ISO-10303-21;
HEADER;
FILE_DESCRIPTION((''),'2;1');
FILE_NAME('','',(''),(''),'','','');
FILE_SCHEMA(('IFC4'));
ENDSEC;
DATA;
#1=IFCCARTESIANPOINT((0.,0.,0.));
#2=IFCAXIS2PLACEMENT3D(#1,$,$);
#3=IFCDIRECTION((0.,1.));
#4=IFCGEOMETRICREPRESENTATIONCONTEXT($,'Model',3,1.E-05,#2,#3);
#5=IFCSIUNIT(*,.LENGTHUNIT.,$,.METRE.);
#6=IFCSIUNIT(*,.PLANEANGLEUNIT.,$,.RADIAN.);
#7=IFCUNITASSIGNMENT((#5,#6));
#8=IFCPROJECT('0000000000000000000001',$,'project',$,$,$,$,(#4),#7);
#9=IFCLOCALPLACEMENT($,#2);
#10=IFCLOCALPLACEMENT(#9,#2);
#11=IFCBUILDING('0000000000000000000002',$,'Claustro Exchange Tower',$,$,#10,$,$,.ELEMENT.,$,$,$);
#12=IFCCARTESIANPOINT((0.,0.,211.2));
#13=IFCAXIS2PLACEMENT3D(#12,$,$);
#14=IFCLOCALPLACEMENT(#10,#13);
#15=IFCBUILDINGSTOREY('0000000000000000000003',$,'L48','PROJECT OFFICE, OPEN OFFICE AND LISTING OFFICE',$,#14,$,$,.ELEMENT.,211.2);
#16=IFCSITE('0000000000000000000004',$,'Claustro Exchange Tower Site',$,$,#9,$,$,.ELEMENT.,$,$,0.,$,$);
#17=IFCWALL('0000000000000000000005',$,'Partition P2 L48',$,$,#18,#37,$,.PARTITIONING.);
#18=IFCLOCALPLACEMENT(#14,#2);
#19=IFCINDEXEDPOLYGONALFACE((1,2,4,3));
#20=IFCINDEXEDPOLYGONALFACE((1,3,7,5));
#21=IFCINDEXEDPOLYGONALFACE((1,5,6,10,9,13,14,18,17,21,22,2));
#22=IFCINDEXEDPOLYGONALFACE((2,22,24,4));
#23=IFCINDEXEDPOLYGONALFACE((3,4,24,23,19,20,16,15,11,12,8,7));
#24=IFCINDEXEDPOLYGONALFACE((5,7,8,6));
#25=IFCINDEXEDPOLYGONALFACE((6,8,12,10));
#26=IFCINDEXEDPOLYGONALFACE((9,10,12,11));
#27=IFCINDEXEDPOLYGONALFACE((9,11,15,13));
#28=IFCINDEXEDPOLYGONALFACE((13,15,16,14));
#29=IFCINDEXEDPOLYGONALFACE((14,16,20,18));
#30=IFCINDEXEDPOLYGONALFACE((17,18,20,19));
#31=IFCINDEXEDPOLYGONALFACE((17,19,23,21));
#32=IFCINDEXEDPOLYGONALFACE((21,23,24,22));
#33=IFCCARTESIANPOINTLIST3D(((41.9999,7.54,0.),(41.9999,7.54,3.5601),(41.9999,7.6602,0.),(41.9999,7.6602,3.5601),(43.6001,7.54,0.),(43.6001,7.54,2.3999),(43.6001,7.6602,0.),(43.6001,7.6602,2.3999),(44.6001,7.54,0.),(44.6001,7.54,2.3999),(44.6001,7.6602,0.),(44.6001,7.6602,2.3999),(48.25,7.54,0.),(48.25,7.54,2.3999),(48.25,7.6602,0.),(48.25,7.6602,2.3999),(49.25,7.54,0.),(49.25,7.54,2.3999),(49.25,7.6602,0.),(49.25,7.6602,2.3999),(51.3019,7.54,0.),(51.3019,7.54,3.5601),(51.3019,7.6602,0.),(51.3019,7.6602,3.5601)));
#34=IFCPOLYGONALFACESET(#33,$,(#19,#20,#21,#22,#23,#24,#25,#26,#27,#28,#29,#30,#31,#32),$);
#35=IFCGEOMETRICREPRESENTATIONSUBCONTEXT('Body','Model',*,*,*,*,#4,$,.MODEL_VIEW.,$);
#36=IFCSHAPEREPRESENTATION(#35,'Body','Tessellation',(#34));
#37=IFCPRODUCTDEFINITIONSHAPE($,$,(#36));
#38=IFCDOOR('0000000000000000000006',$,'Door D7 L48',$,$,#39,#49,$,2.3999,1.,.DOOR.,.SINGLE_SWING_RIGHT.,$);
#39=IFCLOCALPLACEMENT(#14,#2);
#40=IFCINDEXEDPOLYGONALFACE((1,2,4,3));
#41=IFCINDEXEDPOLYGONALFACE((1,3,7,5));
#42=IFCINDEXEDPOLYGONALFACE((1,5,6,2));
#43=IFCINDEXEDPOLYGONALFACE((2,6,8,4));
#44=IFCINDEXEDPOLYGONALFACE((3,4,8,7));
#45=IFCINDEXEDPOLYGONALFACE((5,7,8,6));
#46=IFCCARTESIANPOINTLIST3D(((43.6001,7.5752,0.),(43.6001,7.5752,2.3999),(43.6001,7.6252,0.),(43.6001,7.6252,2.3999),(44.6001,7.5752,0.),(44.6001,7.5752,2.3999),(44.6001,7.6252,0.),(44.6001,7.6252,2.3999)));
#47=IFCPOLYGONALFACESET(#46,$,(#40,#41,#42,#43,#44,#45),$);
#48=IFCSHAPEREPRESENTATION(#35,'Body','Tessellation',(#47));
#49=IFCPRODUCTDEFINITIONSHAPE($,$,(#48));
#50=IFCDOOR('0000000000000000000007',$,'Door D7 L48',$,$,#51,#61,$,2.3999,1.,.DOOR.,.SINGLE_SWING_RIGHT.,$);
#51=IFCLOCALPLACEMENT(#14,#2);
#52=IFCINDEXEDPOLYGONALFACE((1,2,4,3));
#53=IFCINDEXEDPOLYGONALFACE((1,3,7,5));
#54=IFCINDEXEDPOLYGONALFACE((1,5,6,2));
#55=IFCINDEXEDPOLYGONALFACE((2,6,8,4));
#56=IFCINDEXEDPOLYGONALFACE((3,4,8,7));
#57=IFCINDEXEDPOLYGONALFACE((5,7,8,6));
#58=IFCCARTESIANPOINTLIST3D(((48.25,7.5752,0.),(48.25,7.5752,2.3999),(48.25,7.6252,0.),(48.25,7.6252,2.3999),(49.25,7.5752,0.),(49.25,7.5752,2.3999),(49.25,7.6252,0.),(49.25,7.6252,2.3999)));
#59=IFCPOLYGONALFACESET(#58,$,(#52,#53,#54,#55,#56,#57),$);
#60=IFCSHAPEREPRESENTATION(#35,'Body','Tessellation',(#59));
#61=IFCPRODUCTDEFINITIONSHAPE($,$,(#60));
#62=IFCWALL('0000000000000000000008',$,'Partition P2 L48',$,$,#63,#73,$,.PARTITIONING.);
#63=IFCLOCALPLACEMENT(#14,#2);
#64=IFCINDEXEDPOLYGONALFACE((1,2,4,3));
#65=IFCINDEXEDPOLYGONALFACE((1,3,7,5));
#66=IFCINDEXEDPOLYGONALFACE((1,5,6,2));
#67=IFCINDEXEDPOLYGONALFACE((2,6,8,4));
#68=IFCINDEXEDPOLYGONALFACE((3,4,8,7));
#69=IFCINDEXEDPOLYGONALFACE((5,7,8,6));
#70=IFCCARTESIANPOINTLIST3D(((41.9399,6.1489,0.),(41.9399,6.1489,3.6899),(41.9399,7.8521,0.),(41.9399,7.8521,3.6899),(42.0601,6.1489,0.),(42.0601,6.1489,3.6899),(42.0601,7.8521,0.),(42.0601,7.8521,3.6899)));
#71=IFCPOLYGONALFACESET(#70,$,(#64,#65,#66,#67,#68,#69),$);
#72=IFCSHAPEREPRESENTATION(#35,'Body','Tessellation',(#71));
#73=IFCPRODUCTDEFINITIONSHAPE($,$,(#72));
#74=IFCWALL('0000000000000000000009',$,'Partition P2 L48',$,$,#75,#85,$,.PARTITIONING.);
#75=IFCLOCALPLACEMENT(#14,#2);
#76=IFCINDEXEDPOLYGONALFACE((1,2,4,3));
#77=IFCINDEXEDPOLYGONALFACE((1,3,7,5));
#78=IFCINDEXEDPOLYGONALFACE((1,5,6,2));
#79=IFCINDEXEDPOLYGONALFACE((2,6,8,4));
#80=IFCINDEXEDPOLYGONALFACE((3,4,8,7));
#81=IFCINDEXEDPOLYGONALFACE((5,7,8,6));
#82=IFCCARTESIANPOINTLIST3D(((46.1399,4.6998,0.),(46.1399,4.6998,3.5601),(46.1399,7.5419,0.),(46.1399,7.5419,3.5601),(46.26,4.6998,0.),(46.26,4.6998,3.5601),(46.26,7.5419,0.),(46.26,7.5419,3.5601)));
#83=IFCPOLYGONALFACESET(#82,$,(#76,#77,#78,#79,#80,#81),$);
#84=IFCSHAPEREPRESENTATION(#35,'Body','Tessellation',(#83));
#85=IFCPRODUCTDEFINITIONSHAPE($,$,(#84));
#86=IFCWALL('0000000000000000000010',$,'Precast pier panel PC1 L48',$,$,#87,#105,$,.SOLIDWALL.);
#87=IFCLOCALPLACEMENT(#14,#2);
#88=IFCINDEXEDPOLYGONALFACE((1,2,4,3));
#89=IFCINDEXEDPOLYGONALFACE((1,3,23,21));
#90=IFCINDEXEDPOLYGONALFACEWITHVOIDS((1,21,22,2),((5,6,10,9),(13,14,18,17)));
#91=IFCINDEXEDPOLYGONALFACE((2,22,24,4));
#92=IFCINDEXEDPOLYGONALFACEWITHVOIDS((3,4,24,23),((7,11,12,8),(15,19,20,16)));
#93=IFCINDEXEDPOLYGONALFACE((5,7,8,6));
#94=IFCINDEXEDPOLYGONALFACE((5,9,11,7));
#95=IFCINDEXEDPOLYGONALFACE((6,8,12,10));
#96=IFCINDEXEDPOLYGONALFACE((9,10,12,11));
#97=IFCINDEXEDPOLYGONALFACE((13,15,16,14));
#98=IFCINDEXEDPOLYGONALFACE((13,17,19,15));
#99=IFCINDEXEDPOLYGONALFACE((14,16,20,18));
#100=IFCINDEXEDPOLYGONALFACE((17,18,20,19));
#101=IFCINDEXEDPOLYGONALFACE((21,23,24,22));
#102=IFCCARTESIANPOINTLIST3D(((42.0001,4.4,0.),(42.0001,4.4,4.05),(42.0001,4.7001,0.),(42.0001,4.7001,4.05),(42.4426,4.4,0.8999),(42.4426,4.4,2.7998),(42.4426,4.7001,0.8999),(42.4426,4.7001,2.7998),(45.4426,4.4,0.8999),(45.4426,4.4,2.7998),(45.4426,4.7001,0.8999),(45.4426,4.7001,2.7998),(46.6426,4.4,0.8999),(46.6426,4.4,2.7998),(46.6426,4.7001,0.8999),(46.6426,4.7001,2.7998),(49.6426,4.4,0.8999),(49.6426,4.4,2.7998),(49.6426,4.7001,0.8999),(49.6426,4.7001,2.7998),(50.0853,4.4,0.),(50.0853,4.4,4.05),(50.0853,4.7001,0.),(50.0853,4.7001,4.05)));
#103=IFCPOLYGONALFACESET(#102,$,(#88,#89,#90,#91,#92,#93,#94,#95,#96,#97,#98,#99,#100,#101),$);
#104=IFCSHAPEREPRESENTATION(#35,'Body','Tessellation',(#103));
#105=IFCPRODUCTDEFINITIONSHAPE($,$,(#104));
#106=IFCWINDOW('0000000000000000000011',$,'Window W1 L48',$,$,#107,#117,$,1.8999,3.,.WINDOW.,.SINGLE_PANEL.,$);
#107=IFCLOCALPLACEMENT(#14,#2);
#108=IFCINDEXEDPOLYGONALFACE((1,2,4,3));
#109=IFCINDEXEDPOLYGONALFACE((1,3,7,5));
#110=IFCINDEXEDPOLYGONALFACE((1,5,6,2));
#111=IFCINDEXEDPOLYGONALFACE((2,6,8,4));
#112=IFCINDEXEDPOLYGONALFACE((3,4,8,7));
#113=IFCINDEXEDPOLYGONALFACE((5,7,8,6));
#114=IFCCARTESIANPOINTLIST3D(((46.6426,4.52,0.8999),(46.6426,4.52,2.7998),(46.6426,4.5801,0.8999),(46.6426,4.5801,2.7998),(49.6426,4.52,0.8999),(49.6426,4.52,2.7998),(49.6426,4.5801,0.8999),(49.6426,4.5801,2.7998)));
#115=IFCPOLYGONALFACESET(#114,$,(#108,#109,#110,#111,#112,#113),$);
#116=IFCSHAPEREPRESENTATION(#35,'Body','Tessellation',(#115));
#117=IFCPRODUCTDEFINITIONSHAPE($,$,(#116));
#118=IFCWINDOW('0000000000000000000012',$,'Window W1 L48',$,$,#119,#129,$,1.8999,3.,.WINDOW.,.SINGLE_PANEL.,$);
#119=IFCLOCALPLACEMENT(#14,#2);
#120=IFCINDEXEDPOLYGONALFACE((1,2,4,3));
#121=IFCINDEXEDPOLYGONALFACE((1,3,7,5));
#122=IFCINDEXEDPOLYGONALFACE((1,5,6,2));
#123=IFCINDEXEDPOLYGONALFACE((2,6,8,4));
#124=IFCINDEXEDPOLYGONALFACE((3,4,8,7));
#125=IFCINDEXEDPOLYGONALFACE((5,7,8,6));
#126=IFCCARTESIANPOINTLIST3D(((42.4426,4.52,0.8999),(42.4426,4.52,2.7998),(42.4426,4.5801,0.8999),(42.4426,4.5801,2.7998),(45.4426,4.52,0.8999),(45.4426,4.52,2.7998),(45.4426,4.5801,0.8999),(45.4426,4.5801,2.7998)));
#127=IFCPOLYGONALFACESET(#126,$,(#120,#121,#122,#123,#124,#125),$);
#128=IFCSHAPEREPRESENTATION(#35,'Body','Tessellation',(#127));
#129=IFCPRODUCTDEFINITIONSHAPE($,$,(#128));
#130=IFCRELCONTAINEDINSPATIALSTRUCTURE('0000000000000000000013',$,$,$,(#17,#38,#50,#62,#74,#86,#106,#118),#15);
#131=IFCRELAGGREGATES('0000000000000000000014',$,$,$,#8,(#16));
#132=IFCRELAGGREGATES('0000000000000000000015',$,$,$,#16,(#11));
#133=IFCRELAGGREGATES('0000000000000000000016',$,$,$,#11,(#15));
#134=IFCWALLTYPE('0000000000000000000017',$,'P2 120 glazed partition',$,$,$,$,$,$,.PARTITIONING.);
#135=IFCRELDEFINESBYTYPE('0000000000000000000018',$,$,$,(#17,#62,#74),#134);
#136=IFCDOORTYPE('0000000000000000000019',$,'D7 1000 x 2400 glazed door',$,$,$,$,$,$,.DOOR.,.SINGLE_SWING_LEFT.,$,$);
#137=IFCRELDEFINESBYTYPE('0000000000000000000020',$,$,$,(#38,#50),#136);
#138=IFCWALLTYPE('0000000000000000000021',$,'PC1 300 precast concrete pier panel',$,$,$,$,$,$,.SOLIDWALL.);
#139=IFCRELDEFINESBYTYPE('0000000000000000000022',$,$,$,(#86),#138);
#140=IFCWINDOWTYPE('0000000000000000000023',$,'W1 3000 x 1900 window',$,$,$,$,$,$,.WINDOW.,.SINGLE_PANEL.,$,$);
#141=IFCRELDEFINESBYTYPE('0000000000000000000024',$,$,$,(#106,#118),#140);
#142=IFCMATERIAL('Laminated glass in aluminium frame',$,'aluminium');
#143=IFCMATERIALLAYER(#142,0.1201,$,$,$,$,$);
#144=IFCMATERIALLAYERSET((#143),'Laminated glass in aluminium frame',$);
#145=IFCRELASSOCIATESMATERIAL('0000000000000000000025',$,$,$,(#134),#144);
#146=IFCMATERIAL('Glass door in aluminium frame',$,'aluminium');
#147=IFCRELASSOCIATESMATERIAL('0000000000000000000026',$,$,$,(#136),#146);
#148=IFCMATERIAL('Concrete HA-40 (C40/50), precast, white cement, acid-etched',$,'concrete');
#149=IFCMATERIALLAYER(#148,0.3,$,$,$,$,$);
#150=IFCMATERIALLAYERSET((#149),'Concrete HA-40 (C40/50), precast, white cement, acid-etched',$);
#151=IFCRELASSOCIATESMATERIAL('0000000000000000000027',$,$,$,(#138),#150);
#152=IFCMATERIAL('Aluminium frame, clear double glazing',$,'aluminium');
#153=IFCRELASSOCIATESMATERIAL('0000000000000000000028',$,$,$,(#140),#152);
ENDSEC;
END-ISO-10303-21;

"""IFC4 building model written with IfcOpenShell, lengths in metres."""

from ifc_helpers import new_model, si_unit, direction, frame, frame_2d, origin, place, context, subcontext, project, spatial, rectangle, extrude, material, layer, layer_set, type_object, element, fill, save


model = new_model("IFC4")

# Units and contexts
model_context = context("Model", 3, precision=1e-05, world=origin(), true_north=direction((0.0, 1.0)))
body_context = subcontext(model_context, "Body", "Model", "MODEL_VIEW")
ifc_project = project(units=[si_unit("LENGTHUNIT", "METRE"), si_unit("PLANEANGLEUNIT", "RADIAN")], contexts=[model_context])

# Site, building, storey
site_placement = place(None, origin())
site = spatial("IfcSite", under=ifc_project, at=site_placement, Name="Claustro Exchange Tower Site", CompositionType="ELEMENT", RefElevation=0.0)
building_placement = place(site_placement, origin())
building = spatial("IfcBuilding", under=site, at=building_placement, Name="Claustro Exchange Tower", CompositionType="ELEMENT")
storey_placement = place(building_placement, frame((0.0, 0.0, 211.2)))
storey = spatial("IfcBuildingStorey", under=building, at=storey_placement, Name="L48", Description="PROJECT OFFICE, OPEN OFFICE AND LISTING OFFICE", CompositionType="ELEMENT", Elevation=211.2)

# Wall, openings, doors
ifc_material_1 = material(Name="Laminated glass in aluminium frame", Category="aluminium")
ifc_layer_1 = layer(ifc_material_1, 0.1201)
ifc_layer_set_1 = layer_set([ifc_layer_1], Name="Laminated glass in aluminium frame")
wall_type_1 = type_object("IfcWallType", Name="P2 120 glazed partition", PredefinedType="PARTITIONING", material=ifc_layer_set_1)
wall_1_placement = place(storey_placement, frame((42.0, 7.6001, 0.0), z_axis=(0.0, 0.0, 1.0), x_axis=(1.0, 0.0, 0.0)))
wall_1 = element("IfcWall", 1, at=wall_1_placement, inside=storey, type_object=wall_type_1, Name="Partition P2 L48", PredefinedType="PARTITIONING", context=body_context, shape_type="SweptSolid", body=[
    extrude(rectangle(XDim=9.302, YDim=0.1201, at=frame_2d((4.6509, 0.0))), origin(), (0.0, 0.0, 1.0), 3.5601),
])
opening_1_placement = place(wall_1_placement, frame((1.6001, 0.0, 0.0)))
opening_1 = element("IfcOpeningElement", 2, at=opening_1_placement, cuts=wall_1, PredefinedType="OPENING", context=body_context, shape_type="SweptSolid", body=[
    extrude(rectangle(XDim=1.0, YDim=2.3999, at=frame_2d((0.5, 1.2))), frame((0.0, 0.0701, 0.0), z_axis=(0.0, -1.0, 0.0), x_axis=(1.0, 0.0, 0.0)), (0.0, 0.0, 1.0), 0.1401),
])
opening_2_placement = place(wall_1_placement, frame((6.25, 0.0, 0.0)))
opening_2 = element("IfcOpeningElement", 3, at=opening_2_placement, cuts=wall_1, PredefinedType="OPENING", context=body_context, shape_type="SweptSolid", body=[
    extrude(rectangle(XDim=1.0, YDim=2.3999, at=frame_2d((0.5, 1.2))), frame((0.0, 0.0701, 0.0), z_axis=(0.0, -1.0, 0.0), x_axis=(1.0, 0.0, 0.0)), (0.0, 0.0, 1.0), 0.1401),
])
ifc_material_2 = material(Name="Glass door in aluminium frame", Category="aluminium")
door_type = type_object("IfcDoorType", Name="D7 1000 x 2400 glazed door", OperationType="SINGLE_SWING_LEFT", PredefinedType="DOOR", material=ifc_material_2)
door_1_placement = place(opening_1_placement, frame((1.0, 0.0, 0.0), z_axis=(0.0, 0.0, 1.0), x_axis=(-1.0, 0.0, 0.0)))
door_1 = element("IfcDoor", 4, at=door_1_placement, inside=storey, type_object=door_type, Name="Door D7 L48", OperationType="SINGLE_SWING_RIGHT", OverallHeight=2.3999, OverallWidth=1.0, PredefinedType="DOOR", context=body_context, shape_type="SweptSolid", body=[
    extrude(rectangle(XDim=1.0, YDim=2.3999, at=frame_2d((0.5, 1.2))), frame((0.0, 0.0249, 0.0), z_axis=(0.0, -1.0, 0.0), x_axis=(1.0, 0.0, 0.0)), (0.0, 0.0, 1.0), 0.05),
])
fill(opening_1, door_1)
door_2_placement = place(opening_2_placement, frame((1.0, 0.0, 0.0), z_axis=(0.0, 0.0, 1.0), x_axis=(-1.0, 0.0, 0.0)))
door_2 = element("IfcDoor", 5, at=door_2_placement, inside=storey, type_object=door_type, Name="Door D7 L48", OperationType="SINGLE_SWING_RIGHT", OverallHeight=2.3999, OverallWidth=1.0, PredefinedType="DOOR", context=body_context, shape_type="SweptSolid", body=[
    extrude(rectangle(XDim=1.0, YDim=2.3999, at=frame_2d((0.5, 1.2))), frame((0.0, 0.0249, 0.0), z_axis=(0.0, -1.0, 0.0), x_axis=(1.0, 0.0, 0.0)), (0.0, 0.0, 1.0), 0.05),
])
fill(opening_2, door_2)

# Walls
wall_2_placement = place(storey_placement, frame((42.0, 6.1489, 0.0), z_axis=(0.0, 0.0, 1.0), x_axis=(0.0, 1.0, 0.0)))
element("IfcWall", 6, at=wall_2_placement, inside=storey, type_object=wall_type_1, Name="Partition P2 L48", PredefinedType="PARTITIONING", context=body_context, shape_type="SweptSolid", body=[
    extrude(rectangle(XDim=1.7031, YDim=0.1201, at=frame_2d((0.8516, 0.0))), origin(), (0.0, 0.0, 1.0), 3.6899),
])
wall_3_placement = place(storey_placement, frame((46.2, 4.7, 0.0), z_axis=(0.0, 0.0, 1.0), x_axis=(0.0, 1.0, 0.0)))
element("IfcWall", 7, at=wall_3_placement, inside=storey, type_object=wall_type_1, Name="Partition P2 L48", PredefinedType="PARTITIONING", context=body_context, shape_type="SweptSolid", body=[
    extrude(rectangle(XDim=2.842, YDim=0.1201, at=frame_2d((1.4209, 0.0))), origin(), (0.0, 0.0, 1.0), 3.5601),
])

# Wall, openings, windows
ifc_material_3 = material(Name="Concrete HA-40 (C40/50), precast, white cement, acid-etched", Category="concrete")
ifc_layer_2 = layer(ifc_material_3, 0.3)
ifc_layer_set_2 = layer_set([ifc_layer_2], Name="Concrete HA-40 (C40/50), precast, white cement, acid-etched")
wall_type_2 = type_object("IfcWallType", Name="PC1 300 precast concrete pier panel", PredefinedType="SOLIDWALL", material=ifc_layer_set_2)
wall_4_placement = place(storey_placement, frame((50.0852, 4.55, 0.0), z_axis=(0.0, 0.0, 1.0), x_axis=(-1.0, 0.0, 0.0)))
wall_4 = element("IfcWall", 8, at=wall_4_placement, inside=storey, type_object=wall_type_2, Name="Precast pier panel PC1 L48", PredefinedType="SOLIDWALL", context=body_context, shape_type="SweptSolid", body=[
    extrude(rectangle(XDim=8.0852, YDim=0.3, at=frame_2d((4.0425, 0.0))), origin(), (0.0, 0.0, 1.0), 4.05),
])
opening_3_placement = place(wall_4_placement, frame((0.4426, 0.0, 0.8999)))
opening_3 = element("IfcOpeningElement", 9, at=opening_3_placement, cuts=wall_4, PredefinedType="OPENING", context=body_context, shape_type="SweptSolid", body=[
    extrude(rectangle(XDim=3.0, YDim=1.8999, at=frame_2d((1.5, 0.95))), frame((0.0, 0.1599, 0.0), z_axis=(0.0, -1.0, 0.0), x_axis=(1.0, 0.0, 0.0)), (0.0, 0.0, 1.0), 0.3201),
])
opening_4_placement = place(wall_4_placement, frame((4.6426, 0.0, 0.8999)))
opening_4 = element("IfcOpeningElement", 10, at=opening_4_placement, cuts=wall_4, PredefinedType="OPENING", context=body_context, shape_type="SweptSolid", body=[
    extrude(rectangle(XDim=3.0, YDim=1.8999, at=frame_2d((1.5, 0.95))), frame((0.0, 0.1599, 0.0), z_axis=(0.0, -1.0, 0.0), x_axis=(1.0, 0.0, 0.0)), (0.0, 0.0, 1.0), 0.3201),
])
ifc_material_4 = material(Name="Aluminium frame, clear double glazing", Category="aluminium")
window_type = type_object("IfcWindowType", Name="W1 3000 x 1900 window", PartitioningType="SINGLE_PANEL", PredefinedType="WINDOW", material=ifc_material_4)
window_1_placement = place(opening_3_placement, origin())
window_1 = element("IfcWindow", 11, at=window_1_placement, inside=storey, type_object=window_type, Name="Window W1 L48", OverallHeight=1.8999, OverallWidth=3.0, PartitioningType="SINGLE_PANEL", PredefinedType="WINDOW", context=body_context, shape_type="SweptSolid", body=[
    extrude(rectangle(XDim=3.0, YDim=1.8999, at=frame_2d((1.5, 0.95))), frame((0.0, 0.03, 0.0), z_axis=(0.0, -1.0, 0.0), x_axis=(1.0, 0.0, 0.0)), (0.0, 0.0, 1.0), 0.0601),
])
fill(opening_3, window_1)
window_2_placement = place(opening_4_placement, origin())
window_2 = element("IfcWindow", 12, at=window_2_placement, inside=storey, type_object=window_type, Name="Window W1 L48", OverallHeight=1.8999, OverallWidth=3.0, PartitioningType="SINGLE_PANEL", PredefinedType="WINDOW", context=body_context, shape_type="SweptSolid", body=[
    extrude(rectangle(XDim=3.0, YDim=1.8999, at=frame_2d((1.5, 0.95))), frame((0.0, 0.03, 0.0), z_axis=(0.0, -1.0, 0.0), x_axis=(1.0, 0.0, 0.0)), (0.0, 0.0, 1.0), 0.0601),
])
fill(opening_4, window_2)

save(model, "model.ifc")
